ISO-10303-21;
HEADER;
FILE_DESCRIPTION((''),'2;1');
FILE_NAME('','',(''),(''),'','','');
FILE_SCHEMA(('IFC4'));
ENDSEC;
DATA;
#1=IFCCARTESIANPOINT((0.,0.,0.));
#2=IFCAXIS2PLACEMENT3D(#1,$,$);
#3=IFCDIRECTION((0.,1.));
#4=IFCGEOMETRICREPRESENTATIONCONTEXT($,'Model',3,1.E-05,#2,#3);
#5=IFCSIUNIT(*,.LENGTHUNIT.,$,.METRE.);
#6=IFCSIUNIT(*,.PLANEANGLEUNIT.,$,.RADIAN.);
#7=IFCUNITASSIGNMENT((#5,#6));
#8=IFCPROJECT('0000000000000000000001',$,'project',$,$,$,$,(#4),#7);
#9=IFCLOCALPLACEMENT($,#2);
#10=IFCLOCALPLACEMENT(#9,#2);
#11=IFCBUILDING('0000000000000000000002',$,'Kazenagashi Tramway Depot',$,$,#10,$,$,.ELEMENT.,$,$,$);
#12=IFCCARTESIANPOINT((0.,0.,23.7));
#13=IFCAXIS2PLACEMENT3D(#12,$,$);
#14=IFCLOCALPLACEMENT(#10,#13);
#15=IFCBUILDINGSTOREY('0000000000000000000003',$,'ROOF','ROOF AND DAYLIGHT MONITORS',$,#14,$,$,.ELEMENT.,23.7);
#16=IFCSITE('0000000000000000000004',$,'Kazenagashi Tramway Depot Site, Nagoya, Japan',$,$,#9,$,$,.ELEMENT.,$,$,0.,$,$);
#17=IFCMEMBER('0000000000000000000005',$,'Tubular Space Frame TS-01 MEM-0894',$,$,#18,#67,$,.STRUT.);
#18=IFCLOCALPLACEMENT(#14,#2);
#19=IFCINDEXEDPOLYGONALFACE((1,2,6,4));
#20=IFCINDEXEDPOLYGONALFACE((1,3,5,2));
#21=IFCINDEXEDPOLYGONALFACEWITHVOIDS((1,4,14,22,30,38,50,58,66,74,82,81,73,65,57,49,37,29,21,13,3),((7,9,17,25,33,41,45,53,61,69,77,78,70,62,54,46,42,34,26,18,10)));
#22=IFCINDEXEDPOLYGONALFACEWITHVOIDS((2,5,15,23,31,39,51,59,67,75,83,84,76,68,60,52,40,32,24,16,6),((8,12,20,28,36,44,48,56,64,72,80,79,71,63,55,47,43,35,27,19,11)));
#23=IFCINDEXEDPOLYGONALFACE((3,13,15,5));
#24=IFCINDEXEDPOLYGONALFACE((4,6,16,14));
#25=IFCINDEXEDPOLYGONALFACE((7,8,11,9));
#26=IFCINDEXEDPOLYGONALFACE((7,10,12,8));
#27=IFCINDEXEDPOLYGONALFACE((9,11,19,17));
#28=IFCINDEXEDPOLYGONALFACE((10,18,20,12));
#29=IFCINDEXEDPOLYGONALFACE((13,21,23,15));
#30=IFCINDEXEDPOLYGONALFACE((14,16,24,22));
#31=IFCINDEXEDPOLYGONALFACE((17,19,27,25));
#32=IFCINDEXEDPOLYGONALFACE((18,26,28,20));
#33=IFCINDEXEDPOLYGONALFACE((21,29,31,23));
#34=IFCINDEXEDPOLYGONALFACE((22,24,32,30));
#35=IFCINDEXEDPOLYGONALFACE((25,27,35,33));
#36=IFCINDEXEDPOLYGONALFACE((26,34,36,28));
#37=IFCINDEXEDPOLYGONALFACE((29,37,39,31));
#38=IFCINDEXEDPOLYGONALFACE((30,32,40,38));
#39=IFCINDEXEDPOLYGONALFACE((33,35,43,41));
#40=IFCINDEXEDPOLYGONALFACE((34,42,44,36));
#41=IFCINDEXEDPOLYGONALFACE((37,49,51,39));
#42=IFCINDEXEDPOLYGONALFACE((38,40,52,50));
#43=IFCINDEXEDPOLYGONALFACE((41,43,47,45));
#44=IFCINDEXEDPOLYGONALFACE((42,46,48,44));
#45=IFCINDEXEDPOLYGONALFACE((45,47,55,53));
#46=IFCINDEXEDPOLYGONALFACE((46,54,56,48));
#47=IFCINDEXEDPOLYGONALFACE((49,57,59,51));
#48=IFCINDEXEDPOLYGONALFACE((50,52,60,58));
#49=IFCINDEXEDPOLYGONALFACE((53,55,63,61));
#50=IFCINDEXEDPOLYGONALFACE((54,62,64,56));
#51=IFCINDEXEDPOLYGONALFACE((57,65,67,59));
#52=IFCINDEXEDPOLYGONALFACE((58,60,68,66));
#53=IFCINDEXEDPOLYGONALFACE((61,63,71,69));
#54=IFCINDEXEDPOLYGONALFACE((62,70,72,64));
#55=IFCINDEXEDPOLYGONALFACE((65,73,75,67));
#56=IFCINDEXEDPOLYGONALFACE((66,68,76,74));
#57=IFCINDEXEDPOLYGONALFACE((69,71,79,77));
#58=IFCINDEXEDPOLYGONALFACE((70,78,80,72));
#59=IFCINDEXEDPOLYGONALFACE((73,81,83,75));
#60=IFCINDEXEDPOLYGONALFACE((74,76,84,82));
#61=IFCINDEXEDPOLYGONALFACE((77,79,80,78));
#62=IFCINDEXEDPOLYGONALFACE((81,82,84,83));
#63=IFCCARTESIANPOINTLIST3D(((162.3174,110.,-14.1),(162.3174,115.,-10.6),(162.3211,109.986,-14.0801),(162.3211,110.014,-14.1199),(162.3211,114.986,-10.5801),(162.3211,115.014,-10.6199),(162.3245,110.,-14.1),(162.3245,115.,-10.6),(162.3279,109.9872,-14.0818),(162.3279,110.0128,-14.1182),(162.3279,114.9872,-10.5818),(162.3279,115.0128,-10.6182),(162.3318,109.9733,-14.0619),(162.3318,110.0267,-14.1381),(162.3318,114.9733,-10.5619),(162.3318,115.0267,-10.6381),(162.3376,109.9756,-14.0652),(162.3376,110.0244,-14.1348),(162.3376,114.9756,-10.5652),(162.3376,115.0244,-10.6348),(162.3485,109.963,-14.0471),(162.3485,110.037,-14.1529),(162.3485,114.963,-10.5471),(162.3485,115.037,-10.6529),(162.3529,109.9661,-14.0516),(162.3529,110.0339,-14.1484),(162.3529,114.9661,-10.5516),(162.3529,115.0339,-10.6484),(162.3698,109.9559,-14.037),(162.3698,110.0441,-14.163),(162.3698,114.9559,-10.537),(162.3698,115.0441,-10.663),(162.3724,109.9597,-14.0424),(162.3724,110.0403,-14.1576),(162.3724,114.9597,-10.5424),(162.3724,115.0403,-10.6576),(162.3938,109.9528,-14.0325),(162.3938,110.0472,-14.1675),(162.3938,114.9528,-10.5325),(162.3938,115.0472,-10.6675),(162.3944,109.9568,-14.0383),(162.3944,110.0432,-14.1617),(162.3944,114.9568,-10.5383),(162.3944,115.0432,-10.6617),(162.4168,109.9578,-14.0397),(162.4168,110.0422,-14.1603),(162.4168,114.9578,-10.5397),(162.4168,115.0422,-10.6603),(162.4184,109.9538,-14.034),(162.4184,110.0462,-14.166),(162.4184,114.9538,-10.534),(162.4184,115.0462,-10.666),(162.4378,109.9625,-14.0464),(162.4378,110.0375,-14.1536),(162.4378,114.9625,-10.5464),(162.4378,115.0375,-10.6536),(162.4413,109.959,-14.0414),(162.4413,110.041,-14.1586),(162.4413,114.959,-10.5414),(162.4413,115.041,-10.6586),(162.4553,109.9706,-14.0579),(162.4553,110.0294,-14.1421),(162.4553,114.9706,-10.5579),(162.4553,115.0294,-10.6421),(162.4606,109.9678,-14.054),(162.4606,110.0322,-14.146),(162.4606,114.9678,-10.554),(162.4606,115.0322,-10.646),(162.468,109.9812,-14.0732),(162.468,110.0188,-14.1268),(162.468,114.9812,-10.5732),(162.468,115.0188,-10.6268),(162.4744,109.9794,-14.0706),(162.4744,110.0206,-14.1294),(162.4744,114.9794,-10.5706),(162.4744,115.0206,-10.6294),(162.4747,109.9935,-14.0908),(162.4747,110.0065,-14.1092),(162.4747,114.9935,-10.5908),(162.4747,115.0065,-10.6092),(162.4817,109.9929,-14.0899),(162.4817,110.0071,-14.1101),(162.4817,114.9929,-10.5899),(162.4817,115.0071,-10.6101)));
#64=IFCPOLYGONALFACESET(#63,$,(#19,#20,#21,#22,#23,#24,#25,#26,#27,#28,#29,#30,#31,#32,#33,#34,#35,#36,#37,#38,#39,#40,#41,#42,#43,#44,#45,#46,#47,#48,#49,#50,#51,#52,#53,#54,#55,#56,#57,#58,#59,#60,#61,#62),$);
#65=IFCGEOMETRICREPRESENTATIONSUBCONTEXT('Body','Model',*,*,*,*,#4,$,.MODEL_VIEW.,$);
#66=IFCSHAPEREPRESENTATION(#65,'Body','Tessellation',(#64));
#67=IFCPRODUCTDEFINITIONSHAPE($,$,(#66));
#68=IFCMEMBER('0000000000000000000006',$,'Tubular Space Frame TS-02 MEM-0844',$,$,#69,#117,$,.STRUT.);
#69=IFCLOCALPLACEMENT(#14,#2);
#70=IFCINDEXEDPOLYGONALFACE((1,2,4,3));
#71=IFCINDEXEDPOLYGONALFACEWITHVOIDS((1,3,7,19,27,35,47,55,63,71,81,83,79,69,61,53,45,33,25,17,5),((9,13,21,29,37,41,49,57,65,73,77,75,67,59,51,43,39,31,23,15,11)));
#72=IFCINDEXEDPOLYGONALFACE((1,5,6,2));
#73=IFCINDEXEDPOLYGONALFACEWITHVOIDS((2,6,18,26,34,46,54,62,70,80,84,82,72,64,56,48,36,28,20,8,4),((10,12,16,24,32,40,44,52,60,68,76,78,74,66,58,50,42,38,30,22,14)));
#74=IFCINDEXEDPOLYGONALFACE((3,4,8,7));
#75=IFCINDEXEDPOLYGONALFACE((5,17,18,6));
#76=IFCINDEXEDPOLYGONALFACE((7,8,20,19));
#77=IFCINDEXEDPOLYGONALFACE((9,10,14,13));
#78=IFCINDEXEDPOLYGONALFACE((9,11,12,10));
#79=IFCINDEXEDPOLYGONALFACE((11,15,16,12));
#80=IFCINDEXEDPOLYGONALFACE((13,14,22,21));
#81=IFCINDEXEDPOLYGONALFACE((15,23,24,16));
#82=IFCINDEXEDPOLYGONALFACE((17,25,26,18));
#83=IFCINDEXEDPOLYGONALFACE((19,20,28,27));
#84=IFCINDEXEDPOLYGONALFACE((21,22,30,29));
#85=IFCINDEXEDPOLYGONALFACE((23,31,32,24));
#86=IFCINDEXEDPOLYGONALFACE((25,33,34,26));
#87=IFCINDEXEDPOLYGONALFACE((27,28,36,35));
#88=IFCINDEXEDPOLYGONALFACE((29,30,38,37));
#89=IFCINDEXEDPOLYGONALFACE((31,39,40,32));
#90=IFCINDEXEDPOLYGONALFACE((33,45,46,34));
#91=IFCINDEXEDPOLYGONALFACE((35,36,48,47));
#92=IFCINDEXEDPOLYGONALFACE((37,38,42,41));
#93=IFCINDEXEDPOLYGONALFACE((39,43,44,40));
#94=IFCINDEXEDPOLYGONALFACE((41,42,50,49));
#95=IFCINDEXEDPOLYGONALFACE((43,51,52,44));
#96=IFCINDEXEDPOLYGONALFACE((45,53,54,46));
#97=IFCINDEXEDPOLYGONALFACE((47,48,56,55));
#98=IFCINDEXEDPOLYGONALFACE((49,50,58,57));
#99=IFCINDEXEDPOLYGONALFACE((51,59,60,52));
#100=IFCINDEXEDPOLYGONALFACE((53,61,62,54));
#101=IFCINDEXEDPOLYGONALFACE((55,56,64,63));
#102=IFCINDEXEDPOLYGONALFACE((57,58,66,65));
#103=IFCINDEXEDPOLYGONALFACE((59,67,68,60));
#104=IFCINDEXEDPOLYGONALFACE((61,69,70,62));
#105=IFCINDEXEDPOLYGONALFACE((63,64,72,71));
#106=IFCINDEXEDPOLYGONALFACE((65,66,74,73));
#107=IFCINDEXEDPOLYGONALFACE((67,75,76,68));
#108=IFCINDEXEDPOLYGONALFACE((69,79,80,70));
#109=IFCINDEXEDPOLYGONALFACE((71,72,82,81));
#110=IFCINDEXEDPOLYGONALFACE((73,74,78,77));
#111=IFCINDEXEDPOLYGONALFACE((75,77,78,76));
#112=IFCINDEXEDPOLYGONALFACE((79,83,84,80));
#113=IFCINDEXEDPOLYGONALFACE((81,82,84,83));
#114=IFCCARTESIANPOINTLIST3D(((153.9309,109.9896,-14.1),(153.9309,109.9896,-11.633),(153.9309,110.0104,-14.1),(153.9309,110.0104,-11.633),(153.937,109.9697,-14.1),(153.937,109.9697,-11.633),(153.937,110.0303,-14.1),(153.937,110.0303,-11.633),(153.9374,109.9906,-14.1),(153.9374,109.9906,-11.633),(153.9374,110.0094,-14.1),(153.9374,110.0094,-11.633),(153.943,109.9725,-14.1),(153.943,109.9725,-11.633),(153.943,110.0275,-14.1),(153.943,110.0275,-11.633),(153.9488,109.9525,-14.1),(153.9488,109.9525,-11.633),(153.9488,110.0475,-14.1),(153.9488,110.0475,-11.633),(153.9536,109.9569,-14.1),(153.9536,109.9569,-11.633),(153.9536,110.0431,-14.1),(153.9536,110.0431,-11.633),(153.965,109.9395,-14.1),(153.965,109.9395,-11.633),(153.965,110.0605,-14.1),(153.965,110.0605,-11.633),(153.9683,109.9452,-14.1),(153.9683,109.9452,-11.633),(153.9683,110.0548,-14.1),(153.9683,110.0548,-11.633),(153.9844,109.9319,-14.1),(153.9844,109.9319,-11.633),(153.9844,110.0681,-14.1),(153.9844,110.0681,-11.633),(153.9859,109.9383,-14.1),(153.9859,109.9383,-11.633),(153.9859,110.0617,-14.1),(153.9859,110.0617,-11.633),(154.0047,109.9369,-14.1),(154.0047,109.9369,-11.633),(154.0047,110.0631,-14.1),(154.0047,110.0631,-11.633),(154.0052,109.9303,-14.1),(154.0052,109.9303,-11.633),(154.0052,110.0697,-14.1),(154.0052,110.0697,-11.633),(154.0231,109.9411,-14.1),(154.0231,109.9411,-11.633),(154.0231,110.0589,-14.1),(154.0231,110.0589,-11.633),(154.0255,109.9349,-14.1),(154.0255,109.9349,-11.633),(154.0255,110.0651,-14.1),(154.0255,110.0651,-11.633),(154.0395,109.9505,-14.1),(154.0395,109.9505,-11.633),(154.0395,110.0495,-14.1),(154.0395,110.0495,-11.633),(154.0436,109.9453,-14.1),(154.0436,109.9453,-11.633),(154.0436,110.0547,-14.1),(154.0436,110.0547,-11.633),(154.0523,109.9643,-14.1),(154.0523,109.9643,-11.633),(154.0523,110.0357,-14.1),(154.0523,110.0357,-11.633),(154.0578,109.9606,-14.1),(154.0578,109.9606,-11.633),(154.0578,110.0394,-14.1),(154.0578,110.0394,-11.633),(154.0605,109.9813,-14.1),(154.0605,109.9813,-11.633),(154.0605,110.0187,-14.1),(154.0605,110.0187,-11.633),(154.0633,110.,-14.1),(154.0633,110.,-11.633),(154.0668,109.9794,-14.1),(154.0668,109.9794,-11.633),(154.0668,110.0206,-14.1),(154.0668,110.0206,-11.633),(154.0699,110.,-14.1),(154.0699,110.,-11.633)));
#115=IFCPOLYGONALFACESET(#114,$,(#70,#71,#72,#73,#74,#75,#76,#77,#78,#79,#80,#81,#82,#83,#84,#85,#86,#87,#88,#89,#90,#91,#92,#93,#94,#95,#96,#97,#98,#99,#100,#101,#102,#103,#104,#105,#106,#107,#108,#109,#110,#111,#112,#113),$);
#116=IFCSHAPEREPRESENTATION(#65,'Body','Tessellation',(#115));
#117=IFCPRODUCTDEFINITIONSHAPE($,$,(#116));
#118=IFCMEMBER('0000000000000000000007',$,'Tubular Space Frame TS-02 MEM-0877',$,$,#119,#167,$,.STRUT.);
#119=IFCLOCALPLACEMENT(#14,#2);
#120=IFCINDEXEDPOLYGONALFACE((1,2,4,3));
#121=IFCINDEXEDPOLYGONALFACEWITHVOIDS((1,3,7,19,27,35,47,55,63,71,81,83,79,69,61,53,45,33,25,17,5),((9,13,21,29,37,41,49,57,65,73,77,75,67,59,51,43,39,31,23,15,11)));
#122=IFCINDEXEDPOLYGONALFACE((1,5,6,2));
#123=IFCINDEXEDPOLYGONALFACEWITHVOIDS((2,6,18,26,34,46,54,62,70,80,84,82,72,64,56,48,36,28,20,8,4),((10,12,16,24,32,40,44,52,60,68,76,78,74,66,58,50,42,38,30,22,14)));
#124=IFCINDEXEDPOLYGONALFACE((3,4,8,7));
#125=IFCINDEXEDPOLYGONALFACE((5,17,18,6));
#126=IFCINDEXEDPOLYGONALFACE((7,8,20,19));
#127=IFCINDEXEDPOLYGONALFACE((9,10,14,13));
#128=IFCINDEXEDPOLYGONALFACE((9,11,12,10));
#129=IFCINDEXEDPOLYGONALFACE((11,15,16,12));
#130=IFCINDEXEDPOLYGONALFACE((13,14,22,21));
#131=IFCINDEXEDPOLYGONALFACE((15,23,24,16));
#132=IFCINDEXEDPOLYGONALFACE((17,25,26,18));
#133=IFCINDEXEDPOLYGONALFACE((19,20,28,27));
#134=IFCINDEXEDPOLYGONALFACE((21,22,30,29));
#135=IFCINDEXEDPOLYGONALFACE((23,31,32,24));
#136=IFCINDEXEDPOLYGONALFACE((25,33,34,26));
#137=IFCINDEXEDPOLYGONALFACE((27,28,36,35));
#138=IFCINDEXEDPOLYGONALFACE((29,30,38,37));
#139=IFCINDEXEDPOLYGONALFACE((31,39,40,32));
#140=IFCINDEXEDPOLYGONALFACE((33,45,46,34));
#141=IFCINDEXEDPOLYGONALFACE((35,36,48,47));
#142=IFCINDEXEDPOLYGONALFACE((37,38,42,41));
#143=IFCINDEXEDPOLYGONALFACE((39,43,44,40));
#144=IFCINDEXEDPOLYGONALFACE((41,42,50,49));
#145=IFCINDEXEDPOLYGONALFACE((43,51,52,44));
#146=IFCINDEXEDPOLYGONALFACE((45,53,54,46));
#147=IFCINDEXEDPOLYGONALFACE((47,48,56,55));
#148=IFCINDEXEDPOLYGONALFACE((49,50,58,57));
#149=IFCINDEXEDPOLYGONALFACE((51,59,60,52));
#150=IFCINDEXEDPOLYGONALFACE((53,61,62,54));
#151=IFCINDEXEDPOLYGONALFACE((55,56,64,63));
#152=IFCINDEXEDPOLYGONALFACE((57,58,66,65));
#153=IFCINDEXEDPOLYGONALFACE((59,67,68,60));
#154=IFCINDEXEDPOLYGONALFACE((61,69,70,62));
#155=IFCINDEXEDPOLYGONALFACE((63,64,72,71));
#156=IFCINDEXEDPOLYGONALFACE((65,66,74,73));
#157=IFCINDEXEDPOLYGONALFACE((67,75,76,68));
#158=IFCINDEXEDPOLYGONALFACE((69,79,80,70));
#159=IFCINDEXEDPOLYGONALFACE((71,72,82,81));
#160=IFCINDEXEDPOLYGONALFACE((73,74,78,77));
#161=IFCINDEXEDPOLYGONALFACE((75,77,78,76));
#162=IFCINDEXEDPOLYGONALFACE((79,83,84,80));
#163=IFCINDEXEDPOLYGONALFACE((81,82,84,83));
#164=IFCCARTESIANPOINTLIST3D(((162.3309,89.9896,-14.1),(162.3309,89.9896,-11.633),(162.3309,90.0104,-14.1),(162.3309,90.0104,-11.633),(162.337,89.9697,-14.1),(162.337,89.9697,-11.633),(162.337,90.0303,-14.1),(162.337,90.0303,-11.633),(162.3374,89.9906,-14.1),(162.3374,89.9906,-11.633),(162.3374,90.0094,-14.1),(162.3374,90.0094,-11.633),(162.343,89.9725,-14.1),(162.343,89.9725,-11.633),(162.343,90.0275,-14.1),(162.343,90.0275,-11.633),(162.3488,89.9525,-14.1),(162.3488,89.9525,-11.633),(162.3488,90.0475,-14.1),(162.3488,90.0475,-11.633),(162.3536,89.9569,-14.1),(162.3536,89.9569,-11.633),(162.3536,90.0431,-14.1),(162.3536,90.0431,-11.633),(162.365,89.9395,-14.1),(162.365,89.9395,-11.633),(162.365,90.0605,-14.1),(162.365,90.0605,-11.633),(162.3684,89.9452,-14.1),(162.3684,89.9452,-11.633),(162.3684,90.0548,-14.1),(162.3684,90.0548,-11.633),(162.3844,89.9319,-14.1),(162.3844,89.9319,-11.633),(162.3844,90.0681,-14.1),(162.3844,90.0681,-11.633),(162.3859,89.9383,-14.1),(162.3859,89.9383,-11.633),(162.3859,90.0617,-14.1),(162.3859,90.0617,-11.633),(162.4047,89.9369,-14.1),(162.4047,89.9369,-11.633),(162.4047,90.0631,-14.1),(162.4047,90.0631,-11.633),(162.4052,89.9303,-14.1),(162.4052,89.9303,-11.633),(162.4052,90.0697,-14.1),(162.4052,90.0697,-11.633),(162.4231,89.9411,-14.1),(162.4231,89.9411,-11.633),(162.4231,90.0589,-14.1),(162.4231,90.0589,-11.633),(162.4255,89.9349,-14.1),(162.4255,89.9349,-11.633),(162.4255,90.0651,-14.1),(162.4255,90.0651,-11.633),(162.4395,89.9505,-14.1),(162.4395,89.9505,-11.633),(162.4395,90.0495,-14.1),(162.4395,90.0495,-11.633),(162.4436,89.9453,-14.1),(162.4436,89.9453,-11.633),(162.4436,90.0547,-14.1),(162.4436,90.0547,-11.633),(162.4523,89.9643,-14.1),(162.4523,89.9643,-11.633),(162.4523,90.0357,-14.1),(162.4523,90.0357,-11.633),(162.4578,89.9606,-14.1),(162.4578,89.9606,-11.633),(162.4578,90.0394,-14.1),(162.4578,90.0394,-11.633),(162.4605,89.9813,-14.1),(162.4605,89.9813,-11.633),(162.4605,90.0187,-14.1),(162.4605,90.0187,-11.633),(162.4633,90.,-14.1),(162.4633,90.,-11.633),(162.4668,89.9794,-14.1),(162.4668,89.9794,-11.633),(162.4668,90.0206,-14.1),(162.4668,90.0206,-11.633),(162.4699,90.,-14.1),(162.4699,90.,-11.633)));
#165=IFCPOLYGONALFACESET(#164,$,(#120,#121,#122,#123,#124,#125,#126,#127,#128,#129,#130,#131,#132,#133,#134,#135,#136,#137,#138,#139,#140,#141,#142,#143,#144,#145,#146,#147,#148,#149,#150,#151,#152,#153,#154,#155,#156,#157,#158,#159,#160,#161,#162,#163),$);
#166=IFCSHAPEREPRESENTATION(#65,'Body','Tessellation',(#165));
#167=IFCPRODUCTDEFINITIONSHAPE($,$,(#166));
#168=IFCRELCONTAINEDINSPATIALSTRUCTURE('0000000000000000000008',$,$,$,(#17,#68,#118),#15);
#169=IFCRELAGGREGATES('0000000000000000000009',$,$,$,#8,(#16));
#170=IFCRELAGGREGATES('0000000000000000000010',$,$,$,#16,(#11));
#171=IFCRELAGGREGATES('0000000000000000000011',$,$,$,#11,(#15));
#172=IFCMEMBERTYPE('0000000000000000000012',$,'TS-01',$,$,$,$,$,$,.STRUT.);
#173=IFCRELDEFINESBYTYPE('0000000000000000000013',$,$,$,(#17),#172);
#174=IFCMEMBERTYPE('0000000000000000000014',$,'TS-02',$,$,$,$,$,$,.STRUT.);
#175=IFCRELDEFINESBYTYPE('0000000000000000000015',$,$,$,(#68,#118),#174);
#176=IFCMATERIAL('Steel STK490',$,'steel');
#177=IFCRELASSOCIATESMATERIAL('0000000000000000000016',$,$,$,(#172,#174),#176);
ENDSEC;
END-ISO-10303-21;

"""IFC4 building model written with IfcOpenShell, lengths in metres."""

from ifc_helpers import new_model, si_unit, direction, frame, origin, origin_2d, place, context, subcontext, project, spatial, hollow_circle, extrude, material, material_profile, profile_set, type_object, element, save


model = new_model("IFC4")

# Units and contexts
model_context = context("Model", 3, precision=1e-05, world=origin(), true_north=direction((0.0, 1.0)))
body_context = subcontext(model_context, "Body", "Model", "MODEL_VIEW")
ifc_project = project(units=[si_unit("LENGTHUNIT", "METRE"), si_unit("PLANEANGLEUNIT", "RADIAN")], contexts=[model_context])

# Site, building, storey
site_placement = place(None, origin())
site = spatial("IfcSite", under=ifc_project, at=site_placement, Name="Kazenagashi Tramway Depot Site, Nagoya, Japan", CompositionType="ELEMENT", RefElevation=0.0)
building_placement = place(site_placement, origin())
building = spatial("IfcBuilding", under=site, at=building_placement, Name="Kazenagashi Tramway Depot", CompositionType="ELEMENT")
storey_placement = place(building_placement, frame((0.0, 0.0, 23.7)))
storey = spatial("IfcBuildingStorey", under=building, at=storey_placement, Name="ROOF", Description="ROOF AND DAYLIGHT MONITORS", CompositionType="ELEMENT", Elevation=23.7)

# Members
ifc_material_1 = material(Name="Steel STK490", Category="steel")
ifc_material_profile_1 = material_profile(ifc_material_1, hollow_circle(Radius=0.0826, WallThickness=0.0071, at=origin_2d()), Name="CHS-165.2x7.1")
ifc_profile_set_1 = profile_set([ifc_material_profile_1], Name="Steel STK490")
member_type_1 = type_object("IfcMemberType", Name="TS-01", PredefinedType="STRUT", material=ifc_profile_set_1)
member_1_placement = place(storey_placement, frame((162.4, 110.0, -14.1), z_axis=(0.0, 0.819232, 0.573462), x_axis=(-1.0, 0.0, 0.0)))
element("IfcMember", 1, at=member_1_placement, inside=storey, type_object=member_type_1, Name="Tubular Space Frame TS-01 MEM-0894", PredefinedType="STRUT", context=body_context, shape_type="SweptSolid", body=[
    extrude(hollow_circle(Radius=0.0826, WallThickness=0.0071, at=origin_2d()), origin(), (0.0, 0.0, 1.0), 6.1033),
])
ifc_material_profile_2 = material_profile(ifc_material_1, hollow_circle(Radius=0.0699, WallThickness=0.0066, at=origin_2d()), Name="CHS-139.8x6.6")
ifc_profile_set_2 = profile_set([ifc_material_profile_2], Name="Steel STK490")
member_type_2 = type_object("IfcMemberType", Name="TS-02", PredefinedType="STRUT", material=ifc_profile_set_2)
for number, where, z_axis, x_axis, name in (
    (2, (154.0, 110.0, -14.1), (0.0, 0.0, 1.0), (1.0, 0.0, 0.0), "Tubular Space Frame TS-02 MEM-0844"),
    (3, (162.4, 90.0, -14.1), (0.0, 0.0, 1.0), (1.0, 0.0, 0.0), "Tubular Space Frame TS-02 MEM-0877"),
):
    element("IfcMember", number, at=place(storey_placement, frame(where, z_axis=z_axis, x_axis=x_axis)), inside=storey, type_object=member_type_2, Name=name, PredefinedType="STRUT", context=body_context, shape_type="SweptSolid", body=[
        extrude(hollow_circle(Radius=0.0699, WallThickness=0.0066, at=origin_2d()), origin(), (0.0, 0.0, 1.0), 2.467),
    ])

save(model, "model.ifc")
